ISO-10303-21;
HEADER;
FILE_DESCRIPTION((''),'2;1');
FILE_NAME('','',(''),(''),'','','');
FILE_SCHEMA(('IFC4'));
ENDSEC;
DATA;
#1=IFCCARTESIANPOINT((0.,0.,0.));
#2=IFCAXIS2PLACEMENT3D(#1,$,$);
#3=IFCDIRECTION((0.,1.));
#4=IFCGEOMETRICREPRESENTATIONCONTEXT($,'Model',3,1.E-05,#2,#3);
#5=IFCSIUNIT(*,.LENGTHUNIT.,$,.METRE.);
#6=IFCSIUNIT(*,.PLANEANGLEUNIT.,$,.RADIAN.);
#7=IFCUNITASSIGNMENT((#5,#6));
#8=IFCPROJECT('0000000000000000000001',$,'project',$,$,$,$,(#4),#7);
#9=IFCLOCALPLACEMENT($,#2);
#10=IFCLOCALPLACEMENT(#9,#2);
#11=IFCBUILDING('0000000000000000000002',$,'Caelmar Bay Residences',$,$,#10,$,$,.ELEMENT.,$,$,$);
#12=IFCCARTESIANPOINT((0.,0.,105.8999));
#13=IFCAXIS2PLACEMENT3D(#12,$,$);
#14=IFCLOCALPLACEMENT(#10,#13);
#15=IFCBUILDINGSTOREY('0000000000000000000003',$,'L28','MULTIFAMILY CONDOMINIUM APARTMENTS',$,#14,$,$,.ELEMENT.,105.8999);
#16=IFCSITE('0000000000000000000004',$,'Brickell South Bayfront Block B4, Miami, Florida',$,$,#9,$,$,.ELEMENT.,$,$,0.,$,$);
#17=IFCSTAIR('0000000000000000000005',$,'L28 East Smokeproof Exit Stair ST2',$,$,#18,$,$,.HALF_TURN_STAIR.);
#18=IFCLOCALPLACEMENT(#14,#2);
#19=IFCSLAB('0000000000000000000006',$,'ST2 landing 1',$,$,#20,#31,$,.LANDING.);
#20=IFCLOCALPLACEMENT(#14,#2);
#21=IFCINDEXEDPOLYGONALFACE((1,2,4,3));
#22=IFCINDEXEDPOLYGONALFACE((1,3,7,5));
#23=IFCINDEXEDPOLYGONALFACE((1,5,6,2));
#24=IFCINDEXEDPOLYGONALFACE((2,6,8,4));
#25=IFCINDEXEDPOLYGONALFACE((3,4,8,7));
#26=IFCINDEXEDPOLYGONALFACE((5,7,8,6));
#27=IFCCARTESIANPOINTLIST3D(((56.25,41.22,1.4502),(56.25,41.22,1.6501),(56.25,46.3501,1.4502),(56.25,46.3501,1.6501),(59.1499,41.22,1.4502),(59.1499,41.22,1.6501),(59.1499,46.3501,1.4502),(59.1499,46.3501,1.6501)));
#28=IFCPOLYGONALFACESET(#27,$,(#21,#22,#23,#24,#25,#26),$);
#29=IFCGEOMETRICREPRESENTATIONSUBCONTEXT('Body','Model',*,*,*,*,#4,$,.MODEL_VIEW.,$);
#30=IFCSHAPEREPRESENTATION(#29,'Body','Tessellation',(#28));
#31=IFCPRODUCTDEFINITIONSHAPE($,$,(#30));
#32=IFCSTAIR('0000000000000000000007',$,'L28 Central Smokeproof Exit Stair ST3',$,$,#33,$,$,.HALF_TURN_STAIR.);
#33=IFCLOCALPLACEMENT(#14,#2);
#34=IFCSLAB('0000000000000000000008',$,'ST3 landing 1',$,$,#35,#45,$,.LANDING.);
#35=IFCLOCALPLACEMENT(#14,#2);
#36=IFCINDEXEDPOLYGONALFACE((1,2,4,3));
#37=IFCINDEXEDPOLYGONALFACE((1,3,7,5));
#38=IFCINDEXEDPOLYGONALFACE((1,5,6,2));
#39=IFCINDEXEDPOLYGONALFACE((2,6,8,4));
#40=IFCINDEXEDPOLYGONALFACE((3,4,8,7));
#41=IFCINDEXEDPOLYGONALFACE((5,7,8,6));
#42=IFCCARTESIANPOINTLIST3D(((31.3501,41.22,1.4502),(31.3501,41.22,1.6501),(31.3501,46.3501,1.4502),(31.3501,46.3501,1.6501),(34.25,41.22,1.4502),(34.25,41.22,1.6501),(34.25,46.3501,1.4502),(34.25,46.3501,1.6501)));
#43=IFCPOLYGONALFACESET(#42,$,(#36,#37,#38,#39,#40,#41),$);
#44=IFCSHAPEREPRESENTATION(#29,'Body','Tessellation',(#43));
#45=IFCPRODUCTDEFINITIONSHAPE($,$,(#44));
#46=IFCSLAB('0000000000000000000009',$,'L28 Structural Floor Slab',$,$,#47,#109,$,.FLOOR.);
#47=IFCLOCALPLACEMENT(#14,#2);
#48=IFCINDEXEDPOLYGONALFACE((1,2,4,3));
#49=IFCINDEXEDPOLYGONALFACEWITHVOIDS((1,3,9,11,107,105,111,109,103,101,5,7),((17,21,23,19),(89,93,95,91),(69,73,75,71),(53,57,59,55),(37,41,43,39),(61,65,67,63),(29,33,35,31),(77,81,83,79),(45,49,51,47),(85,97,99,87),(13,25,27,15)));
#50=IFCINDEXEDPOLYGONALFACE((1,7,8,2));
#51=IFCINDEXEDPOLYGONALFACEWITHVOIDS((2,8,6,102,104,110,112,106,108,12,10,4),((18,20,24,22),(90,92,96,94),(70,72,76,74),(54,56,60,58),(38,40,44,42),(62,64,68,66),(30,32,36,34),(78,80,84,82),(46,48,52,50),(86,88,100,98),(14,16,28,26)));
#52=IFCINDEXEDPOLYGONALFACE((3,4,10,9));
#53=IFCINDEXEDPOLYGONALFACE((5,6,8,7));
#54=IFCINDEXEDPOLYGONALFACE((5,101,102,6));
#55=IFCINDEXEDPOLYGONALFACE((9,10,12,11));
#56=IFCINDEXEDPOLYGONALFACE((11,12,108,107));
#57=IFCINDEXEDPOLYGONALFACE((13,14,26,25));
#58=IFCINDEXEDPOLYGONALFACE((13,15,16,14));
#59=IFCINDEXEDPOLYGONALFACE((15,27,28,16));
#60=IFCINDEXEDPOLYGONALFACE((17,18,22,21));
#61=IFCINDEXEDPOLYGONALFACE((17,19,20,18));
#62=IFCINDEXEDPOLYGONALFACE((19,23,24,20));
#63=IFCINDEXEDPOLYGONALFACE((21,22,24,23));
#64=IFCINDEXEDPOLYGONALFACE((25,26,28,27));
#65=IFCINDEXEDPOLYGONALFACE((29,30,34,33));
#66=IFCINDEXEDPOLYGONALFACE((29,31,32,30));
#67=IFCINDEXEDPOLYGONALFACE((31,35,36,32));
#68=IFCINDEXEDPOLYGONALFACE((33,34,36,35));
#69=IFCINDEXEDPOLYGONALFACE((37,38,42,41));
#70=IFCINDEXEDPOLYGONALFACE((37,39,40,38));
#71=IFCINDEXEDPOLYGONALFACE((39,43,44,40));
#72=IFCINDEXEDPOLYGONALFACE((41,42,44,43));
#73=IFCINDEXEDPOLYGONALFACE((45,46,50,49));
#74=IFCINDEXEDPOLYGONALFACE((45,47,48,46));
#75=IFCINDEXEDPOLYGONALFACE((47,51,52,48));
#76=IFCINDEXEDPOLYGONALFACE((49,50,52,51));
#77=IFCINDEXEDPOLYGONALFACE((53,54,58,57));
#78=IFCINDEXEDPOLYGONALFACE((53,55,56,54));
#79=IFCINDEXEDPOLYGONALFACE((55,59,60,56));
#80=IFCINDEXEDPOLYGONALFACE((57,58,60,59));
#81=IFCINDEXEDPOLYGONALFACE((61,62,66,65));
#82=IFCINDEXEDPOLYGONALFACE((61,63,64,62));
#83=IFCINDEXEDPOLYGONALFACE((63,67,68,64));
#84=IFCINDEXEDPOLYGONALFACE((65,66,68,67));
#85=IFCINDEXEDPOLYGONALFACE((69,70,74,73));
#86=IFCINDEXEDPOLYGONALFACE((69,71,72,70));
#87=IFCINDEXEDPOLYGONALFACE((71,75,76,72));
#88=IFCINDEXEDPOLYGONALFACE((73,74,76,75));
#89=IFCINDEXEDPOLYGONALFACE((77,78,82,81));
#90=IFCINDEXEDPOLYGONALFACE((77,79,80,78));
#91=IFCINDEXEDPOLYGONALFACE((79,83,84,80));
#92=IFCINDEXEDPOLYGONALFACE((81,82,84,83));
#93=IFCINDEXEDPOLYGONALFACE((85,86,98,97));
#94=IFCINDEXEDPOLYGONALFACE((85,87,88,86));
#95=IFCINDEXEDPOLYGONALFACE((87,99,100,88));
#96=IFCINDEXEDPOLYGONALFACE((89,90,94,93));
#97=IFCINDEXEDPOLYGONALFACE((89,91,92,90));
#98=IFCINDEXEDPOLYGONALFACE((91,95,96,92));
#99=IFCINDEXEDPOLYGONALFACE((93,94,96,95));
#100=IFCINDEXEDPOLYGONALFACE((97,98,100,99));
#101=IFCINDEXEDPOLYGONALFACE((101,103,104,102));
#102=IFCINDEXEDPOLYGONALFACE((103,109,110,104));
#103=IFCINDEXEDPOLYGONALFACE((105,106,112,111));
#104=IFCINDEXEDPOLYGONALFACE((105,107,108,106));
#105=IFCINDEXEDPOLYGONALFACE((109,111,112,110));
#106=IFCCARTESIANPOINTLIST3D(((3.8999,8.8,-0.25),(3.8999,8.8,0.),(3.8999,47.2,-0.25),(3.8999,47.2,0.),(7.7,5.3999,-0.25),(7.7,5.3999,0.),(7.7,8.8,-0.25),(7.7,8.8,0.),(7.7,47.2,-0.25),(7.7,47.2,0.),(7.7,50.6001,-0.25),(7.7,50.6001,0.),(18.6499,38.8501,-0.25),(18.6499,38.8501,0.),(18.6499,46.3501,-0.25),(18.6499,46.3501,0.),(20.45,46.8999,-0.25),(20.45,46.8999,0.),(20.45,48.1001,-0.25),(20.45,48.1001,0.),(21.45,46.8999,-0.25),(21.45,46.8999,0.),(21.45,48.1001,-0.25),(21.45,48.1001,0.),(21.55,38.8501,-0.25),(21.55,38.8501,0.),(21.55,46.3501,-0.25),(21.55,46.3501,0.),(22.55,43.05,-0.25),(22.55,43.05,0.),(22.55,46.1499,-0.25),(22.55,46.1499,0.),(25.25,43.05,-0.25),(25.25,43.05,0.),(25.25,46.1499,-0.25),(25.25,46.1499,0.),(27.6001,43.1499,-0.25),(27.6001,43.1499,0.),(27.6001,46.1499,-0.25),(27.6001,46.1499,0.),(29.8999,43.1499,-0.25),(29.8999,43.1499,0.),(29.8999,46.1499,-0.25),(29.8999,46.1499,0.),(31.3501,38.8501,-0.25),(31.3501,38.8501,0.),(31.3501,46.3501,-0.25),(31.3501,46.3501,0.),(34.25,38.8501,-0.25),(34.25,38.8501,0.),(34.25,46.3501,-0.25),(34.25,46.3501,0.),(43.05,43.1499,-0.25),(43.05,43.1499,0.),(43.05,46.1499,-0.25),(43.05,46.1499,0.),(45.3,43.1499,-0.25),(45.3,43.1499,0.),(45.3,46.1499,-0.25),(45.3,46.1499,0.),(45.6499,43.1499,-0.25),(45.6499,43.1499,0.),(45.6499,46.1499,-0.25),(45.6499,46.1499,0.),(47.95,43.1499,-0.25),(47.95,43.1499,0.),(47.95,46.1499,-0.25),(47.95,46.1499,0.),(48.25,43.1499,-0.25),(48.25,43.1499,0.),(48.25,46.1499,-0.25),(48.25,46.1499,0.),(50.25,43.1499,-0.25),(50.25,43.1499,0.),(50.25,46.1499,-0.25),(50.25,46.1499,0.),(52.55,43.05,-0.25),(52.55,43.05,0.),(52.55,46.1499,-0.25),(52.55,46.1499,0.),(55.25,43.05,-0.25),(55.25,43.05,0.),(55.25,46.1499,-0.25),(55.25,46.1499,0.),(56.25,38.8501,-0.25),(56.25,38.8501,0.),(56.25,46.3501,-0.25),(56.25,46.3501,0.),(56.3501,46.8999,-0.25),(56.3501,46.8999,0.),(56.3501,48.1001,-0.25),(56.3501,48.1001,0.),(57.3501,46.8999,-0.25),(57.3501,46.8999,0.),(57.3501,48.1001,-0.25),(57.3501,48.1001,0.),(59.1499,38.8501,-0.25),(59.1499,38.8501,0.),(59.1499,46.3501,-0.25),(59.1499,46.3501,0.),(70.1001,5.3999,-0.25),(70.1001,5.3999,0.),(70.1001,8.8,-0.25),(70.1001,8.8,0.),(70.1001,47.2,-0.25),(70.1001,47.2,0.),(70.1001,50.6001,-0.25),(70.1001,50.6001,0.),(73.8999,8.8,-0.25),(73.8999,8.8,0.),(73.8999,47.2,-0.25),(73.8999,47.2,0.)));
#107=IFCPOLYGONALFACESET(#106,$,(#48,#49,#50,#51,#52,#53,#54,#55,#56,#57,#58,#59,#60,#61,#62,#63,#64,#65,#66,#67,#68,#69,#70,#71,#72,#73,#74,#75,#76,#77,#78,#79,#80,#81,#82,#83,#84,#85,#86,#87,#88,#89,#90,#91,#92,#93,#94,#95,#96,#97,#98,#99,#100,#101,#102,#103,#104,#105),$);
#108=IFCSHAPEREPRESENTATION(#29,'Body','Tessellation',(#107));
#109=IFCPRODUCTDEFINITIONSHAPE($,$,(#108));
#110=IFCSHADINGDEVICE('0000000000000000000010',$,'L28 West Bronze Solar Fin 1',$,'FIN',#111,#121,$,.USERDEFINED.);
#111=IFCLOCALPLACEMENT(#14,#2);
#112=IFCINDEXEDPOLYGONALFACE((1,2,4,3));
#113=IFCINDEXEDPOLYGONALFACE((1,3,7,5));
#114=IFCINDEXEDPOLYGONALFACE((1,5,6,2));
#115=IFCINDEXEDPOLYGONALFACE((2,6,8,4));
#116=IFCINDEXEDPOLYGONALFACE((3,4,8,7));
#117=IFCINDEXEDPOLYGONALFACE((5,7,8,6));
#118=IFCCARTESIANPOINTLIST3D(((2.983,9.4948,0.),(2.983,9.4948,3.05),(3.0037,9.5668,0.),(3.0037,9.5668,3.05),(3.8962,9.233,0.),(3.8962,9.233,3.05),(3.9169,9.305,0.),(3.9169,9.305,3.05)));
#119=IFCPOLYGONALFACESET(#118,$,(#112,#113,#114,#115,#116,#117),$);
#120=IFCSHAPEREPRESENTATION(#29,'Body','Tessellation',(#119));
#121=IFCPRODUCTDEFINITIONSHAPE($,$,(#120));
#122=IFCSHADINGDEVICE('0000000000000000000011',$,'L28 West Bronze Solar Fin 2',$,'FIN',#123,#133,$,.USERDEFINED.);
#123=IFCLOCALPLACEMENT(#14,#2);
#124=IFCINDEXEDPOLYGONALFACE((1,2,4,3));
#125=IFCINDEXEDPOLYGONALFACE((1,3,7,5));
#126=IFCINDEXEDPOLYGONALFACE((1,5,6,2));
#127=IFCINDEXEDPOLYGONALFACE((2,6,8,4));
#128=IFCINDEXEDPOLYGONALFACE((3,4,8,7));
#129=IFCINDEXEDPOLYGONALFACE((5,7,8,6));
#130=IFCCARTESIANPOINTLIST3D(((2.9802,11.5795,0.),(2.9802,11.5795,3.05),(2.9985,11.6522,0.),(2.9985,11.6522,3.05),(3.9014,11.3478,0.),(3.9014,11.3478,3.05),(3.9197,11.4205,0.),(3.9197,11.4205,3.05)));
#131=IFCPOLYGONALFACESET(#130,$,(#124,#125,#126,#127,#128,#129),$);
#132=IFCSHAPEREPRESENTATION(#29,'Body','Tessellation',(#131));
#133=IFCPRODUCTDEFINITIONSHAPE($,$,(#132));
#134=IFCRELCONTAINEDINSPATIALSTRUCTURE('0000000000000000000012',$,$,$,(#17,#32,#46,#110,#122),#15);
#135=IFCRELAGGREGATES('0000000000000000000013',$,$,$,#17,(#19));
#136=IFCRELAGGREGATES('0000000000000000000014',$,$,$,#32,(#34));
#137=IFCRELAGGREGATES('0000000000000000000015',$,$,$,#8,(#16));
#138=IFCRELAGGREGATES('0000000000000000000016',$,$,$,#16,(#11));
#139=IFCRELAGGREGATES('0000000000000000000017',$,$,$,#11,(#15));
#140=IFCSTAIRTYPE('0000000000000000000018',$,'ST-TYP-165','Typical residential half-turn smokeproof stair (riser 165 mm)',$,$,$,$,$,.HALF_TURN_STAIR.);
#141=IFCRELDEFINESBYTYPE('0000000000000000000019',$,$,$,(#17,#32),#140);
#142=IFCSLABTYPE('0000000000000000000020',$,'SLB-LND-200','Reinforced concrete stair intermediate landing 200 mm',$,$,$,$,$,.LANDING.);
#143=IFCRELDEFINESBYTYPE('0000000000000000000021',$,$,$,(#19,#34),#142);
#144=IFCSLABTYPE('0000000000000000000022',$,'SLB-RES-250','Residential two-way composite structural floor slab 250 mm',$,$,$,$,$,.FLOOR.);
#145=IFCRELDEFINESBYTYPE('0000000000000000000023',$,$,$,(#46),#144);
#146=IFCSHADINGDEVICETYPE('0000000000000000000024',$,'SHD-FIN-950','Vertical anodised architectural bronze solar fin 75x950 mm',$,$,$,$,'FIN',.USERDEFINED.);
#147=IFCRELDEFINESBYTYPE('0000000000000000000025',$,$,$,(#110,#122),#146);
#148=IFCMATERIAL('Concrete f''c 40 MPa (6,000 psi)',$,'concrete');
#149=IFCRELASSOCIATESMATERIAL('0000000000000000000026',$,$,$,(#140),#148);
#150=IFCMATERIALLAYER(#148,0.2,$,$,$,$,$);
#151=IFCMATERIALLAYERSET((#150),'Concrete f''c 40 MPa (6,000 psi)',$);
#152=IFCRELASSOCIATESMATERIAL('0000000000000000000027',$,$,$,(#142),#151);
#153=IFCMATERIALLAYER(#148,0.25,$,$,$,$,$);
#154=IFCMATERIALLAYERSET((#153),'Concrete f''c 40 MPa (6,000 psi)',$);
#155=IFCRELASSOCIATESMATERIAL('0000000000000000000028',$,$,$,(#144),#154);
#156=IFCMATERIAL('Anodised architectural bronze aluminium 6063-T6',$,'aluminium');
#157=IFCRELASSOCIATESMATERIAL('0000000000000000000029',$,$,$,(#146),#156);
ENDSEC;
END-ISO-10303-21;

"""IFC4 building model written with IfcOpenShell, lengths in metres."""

from ifc_helpers import new_model, si_unit, direction, frame, origin, origin_2d, place, context, subcontext, project, spatial, polyline, rectangle, outline, extrude, material, layer, layer_set, material_profile, profile_set, type_object, element, aggregate, save


model = new_model("IFC4")

# Units and contexts
model_context = context("Model", 3, precision=1e-05, world=origin(), true_north=direction((0.0, 1.0)))
body_context = subcontext(model_context, "Body", "Model", "MODEL_VIEW")
ifc_project = project(units=[si_unit("LENGTHUNIT", "METRE"), si_unit("PLANEANGLEUNIT", "RADIAN")], contexts=[model_context])

# Site, building, storey
site_placement = place(None, origin())
site = spatial("IfcSite", under=ifc_project, at=site_placement, Name="Brickell South Bayfront Block B4, Miami, Florida", CompositionType="ELEMENT", RefElevation=0.0)
building_placement = place(site_placement, origin())
building = spatial("IfcBuilding", under=site, at=building_placement, Name="Caelmar Bay Residences", CompositionType="ELEMENT")
storey_placement = place(building_placement, frame((0.0, 0.0, 105.8999)))
storey = spatial("IfcBuildingStorey", under=building, at=storey_placement, Name="L28", Description="MULTIFAMILY CONDOMINIUM APARTMENTS", CompositionType="ELEMENT", Elevation=105.8999)

# Shared definitions
ifc_material_1 = material(Name="Concrete f'c 40 MPa (6,000 psi)", Category="concrete")

# Stairs, slabs
stair_type = type_object("IfcStairType", Name="ST-TYP-165", Description="Typical residential half-turn smokeproof stair (riser 165 mm)", PredefinedType="HALF_TURN_STAIR", material=ifc_material_1)
ifc_layer_1 = layer(ifc_material_1, 0.2)
ifc_layer_set_1 = layer_set([ifc_layer_1], Name="Concrete f'c 40 MPa (6,000 psi)")
slab_type_1 = type_object("IfcSlabType", Name="SLB-LND-200", Description="Reinforced concrete stair intermediate landing 200 mm", PredefinedType="LANDING", material=ifc_layer_set_1)
stair_1_placement = place(storey_placement, origin())
stair_1 = element("IfcStair", 1, at=stair_1_placement, inside=storey, type_object=stair_type, Name="L28 East Smokeproof Exit Stair ST2", PredefinedType="HALF_TURN_STAIR")
slab_1_placement = place(storey_placement, frame((0.0, 0.0, 1.4502)))
slab_1 = element("IfcSlab", 2, at=slab_1_placement, type_object=slab_type_1, Name="ST2 landing 1", PredefinedType="LANDING", context=body_context, shape_type="SweptSolid", body=[
    extrude(outline(polyline([(59.1499, 41.22), (59.1499, 46.3501), (56.25, 46.3501), (56.25, 41.22), (59.1499, 41.22)])), origin(), (0.0, 0.0, 1.0), 0.2),
])
aggregate(stair_1, [slab_1])
stair_2_placement = place(storey_placement, origin())
stair_2 = element("IfcStair", 3, at=stair_2_placement, inside=storey, type_object=stair_type, Name="L28 Central Smokeproof Exit Stair ST3", PredefinedType="HALF_TURN_STAIR")
slab_2_placement = place(storey_placement, frame((0.0, 0.0, 1.4502)))
slab_2 = element("IfcSlab", 4, at=slab_2_placement, type_object=slab_type_1, Name="ST3 landing 1", PredefinedType="LANDING", context=body_context, shape_type="SweptSolid", body=[
    extrude(outline(polyline([(34.25, 41.22), (34.25, 46.3501), (31.3501, 46.3501), (31.3501, 41.22), (34.25, 41.22)])), origin(), (0.0, 0.0, 1.0), 0.2),
])
aggregate(stair_2, [slab_2])

# Slab
ifc_layer_2 = layer(ifc_material_1, 0.25)
ifc_layer_set_2 = layer_set([ifc_layer_2], Name="Concrete f'c 40 MPa (6,000 psi)")
slab_type_2 = type_object("IfcSlabType", Name="SLB-RES-250", Description="Residential two-way composite structural floor slab 250 mm", PredefinedType="FLOOR", material=ifc_layer_set_2)
slab_3_placement = place(storey_placement, frame((0.0, 0.0, -0.25)))
element("IfcSlab", 5, at=slab_3_placement, inside=storey, type_object=slab_type_2, Name="L28 Structural Floor Slab", PredefinedType="FLOOR", context=body_context, shape_type="SweptSolid", body=[
    extrude(outline(polyline([(7.7, 5.3999), (70.1001, 5.3999), (70.1001, 8.8), (73.8999, 8.8), (73.8999, 47.2), (70.1001, 47.2), (70.1001, 50.6001), (7.7, 50.6001), (7.7, 47.2), (3.8999, 47.2), (3.8999, 8.8), (7.7, 8.8), (7.7, 5.3999)]), holes=[polyline([(18.6499, 38.8501), (21.55, 38.8501), (21.55, 46.3501), (18.6499, 46.3501), (18.6499, 38.8501)]), polyline([(56.25, 38.8501), (59.1499, 38.8501), (59.1499, 46.3501), (56.25, 46.3501), (56.25, 38.8501)]), polyline([(31.3501, 38.8501), (34.25, 38.8501), (34.25, 46.3501), (31.3501, 46.3501), (31.3501, 38.8501)]), polyline([(22.55, 43.05), (25.25, 43.05), (25.25, 46.1499), (22.55, 46.1499), (22.55, 43.05)]), polyline([(52.55, 43.05), (55.25, 43.05), (55.25, 46.1499), (52.55, 46.1499), (52.55, 43.05)]), polyline([(43.05, 43.1499), (45.3, 43.1499), (45.3, 46.1499), (43.05, 46.1499), (43.05, 43.1499)]), polyline([(45.6499, 43.1499), (47.95, 43.1499), (47.95, 46.1499), (45.6499, 46.1499), (45.6499, 43.1499)]), polyline([(48.25, 43.1499), (50.25, 43.1499), (50.25, 46.1499), (48.25, 46.1499), (48.25, 43.1499)]), polyline([(27.6001, 43.1499), (29.8999, 43.1499), (29.8999, 46.1499), (27.6001, 46.1499), (27.6001, 43.1499)]), polyline([(20.45, 46.8999), (21.45, 46.8999), (21.45, 48.1001), (20.45, 48.1001), (20.45, 46.8999)]), polyline([(56.3501, 46.8999), (57.3501, 46.8999), (57.3501, 48.1001), (56.3501, 48.1001), (56.3501, 46.8999)])]), origin(), (0.0, 0.0, 1.0), 0.25),
])

# Shading devices
ifc_material_2 = material(Name="Anodised architectural bronze aluminium 6063-T6", Category="aluminium")
ifc_material_profile_1 = material_profile(ifc_material_2, rectangle(XDim=0.075, YDim=0.95, at=origin_2d()), Name="BRONZE-FIN-75X950")
ifc_profile_set_1 = profile_set([ifc_material_profile_1], Name="Anodised architectural bronze aluminium 6063-T6")
shading_device_type = type_object("IfcShadingDeviceType", Name="SHD-FIN-950", Description="Vertical anodised architectural bronze solar fin 75x950 mm", ElementType="FIN", PredefinedType="USERDEFINED", material=ifc_profile_set_1)
for number, where, z_axis, x_axis, name in (
    (6, (3.45, 9.3999, 0.0), (0.0, 0.0, 1.0), (0.275637, 0.961262, 0.0), "L28 West Bronze Solar Fin 1"),
    (7, (3.45, 11.5, 0.0), (0.0, 0.0, 1.0), (0.243954, 0.969787, 0.0), "L28 West Bronze Solar Fin 2"),
):
    element("IfcShadingDevice", number, at=place(storey_placement, frame(where, z_axis=z_axis, x_axis=x_axis)), inside=storey, type_object=shading_device_type, Name=name, ObjectType="FIN", PredefinedType="USERDEFINED", context=body_context, shape_type="SweptSolid", body=[
        extrude(rectangle(XDim=0.075, YDim=0.95, at=origin_2d()), origin(), (0.0, 0.0, 1.0), 3.05),
    ])

save(model, "model.ifc")
